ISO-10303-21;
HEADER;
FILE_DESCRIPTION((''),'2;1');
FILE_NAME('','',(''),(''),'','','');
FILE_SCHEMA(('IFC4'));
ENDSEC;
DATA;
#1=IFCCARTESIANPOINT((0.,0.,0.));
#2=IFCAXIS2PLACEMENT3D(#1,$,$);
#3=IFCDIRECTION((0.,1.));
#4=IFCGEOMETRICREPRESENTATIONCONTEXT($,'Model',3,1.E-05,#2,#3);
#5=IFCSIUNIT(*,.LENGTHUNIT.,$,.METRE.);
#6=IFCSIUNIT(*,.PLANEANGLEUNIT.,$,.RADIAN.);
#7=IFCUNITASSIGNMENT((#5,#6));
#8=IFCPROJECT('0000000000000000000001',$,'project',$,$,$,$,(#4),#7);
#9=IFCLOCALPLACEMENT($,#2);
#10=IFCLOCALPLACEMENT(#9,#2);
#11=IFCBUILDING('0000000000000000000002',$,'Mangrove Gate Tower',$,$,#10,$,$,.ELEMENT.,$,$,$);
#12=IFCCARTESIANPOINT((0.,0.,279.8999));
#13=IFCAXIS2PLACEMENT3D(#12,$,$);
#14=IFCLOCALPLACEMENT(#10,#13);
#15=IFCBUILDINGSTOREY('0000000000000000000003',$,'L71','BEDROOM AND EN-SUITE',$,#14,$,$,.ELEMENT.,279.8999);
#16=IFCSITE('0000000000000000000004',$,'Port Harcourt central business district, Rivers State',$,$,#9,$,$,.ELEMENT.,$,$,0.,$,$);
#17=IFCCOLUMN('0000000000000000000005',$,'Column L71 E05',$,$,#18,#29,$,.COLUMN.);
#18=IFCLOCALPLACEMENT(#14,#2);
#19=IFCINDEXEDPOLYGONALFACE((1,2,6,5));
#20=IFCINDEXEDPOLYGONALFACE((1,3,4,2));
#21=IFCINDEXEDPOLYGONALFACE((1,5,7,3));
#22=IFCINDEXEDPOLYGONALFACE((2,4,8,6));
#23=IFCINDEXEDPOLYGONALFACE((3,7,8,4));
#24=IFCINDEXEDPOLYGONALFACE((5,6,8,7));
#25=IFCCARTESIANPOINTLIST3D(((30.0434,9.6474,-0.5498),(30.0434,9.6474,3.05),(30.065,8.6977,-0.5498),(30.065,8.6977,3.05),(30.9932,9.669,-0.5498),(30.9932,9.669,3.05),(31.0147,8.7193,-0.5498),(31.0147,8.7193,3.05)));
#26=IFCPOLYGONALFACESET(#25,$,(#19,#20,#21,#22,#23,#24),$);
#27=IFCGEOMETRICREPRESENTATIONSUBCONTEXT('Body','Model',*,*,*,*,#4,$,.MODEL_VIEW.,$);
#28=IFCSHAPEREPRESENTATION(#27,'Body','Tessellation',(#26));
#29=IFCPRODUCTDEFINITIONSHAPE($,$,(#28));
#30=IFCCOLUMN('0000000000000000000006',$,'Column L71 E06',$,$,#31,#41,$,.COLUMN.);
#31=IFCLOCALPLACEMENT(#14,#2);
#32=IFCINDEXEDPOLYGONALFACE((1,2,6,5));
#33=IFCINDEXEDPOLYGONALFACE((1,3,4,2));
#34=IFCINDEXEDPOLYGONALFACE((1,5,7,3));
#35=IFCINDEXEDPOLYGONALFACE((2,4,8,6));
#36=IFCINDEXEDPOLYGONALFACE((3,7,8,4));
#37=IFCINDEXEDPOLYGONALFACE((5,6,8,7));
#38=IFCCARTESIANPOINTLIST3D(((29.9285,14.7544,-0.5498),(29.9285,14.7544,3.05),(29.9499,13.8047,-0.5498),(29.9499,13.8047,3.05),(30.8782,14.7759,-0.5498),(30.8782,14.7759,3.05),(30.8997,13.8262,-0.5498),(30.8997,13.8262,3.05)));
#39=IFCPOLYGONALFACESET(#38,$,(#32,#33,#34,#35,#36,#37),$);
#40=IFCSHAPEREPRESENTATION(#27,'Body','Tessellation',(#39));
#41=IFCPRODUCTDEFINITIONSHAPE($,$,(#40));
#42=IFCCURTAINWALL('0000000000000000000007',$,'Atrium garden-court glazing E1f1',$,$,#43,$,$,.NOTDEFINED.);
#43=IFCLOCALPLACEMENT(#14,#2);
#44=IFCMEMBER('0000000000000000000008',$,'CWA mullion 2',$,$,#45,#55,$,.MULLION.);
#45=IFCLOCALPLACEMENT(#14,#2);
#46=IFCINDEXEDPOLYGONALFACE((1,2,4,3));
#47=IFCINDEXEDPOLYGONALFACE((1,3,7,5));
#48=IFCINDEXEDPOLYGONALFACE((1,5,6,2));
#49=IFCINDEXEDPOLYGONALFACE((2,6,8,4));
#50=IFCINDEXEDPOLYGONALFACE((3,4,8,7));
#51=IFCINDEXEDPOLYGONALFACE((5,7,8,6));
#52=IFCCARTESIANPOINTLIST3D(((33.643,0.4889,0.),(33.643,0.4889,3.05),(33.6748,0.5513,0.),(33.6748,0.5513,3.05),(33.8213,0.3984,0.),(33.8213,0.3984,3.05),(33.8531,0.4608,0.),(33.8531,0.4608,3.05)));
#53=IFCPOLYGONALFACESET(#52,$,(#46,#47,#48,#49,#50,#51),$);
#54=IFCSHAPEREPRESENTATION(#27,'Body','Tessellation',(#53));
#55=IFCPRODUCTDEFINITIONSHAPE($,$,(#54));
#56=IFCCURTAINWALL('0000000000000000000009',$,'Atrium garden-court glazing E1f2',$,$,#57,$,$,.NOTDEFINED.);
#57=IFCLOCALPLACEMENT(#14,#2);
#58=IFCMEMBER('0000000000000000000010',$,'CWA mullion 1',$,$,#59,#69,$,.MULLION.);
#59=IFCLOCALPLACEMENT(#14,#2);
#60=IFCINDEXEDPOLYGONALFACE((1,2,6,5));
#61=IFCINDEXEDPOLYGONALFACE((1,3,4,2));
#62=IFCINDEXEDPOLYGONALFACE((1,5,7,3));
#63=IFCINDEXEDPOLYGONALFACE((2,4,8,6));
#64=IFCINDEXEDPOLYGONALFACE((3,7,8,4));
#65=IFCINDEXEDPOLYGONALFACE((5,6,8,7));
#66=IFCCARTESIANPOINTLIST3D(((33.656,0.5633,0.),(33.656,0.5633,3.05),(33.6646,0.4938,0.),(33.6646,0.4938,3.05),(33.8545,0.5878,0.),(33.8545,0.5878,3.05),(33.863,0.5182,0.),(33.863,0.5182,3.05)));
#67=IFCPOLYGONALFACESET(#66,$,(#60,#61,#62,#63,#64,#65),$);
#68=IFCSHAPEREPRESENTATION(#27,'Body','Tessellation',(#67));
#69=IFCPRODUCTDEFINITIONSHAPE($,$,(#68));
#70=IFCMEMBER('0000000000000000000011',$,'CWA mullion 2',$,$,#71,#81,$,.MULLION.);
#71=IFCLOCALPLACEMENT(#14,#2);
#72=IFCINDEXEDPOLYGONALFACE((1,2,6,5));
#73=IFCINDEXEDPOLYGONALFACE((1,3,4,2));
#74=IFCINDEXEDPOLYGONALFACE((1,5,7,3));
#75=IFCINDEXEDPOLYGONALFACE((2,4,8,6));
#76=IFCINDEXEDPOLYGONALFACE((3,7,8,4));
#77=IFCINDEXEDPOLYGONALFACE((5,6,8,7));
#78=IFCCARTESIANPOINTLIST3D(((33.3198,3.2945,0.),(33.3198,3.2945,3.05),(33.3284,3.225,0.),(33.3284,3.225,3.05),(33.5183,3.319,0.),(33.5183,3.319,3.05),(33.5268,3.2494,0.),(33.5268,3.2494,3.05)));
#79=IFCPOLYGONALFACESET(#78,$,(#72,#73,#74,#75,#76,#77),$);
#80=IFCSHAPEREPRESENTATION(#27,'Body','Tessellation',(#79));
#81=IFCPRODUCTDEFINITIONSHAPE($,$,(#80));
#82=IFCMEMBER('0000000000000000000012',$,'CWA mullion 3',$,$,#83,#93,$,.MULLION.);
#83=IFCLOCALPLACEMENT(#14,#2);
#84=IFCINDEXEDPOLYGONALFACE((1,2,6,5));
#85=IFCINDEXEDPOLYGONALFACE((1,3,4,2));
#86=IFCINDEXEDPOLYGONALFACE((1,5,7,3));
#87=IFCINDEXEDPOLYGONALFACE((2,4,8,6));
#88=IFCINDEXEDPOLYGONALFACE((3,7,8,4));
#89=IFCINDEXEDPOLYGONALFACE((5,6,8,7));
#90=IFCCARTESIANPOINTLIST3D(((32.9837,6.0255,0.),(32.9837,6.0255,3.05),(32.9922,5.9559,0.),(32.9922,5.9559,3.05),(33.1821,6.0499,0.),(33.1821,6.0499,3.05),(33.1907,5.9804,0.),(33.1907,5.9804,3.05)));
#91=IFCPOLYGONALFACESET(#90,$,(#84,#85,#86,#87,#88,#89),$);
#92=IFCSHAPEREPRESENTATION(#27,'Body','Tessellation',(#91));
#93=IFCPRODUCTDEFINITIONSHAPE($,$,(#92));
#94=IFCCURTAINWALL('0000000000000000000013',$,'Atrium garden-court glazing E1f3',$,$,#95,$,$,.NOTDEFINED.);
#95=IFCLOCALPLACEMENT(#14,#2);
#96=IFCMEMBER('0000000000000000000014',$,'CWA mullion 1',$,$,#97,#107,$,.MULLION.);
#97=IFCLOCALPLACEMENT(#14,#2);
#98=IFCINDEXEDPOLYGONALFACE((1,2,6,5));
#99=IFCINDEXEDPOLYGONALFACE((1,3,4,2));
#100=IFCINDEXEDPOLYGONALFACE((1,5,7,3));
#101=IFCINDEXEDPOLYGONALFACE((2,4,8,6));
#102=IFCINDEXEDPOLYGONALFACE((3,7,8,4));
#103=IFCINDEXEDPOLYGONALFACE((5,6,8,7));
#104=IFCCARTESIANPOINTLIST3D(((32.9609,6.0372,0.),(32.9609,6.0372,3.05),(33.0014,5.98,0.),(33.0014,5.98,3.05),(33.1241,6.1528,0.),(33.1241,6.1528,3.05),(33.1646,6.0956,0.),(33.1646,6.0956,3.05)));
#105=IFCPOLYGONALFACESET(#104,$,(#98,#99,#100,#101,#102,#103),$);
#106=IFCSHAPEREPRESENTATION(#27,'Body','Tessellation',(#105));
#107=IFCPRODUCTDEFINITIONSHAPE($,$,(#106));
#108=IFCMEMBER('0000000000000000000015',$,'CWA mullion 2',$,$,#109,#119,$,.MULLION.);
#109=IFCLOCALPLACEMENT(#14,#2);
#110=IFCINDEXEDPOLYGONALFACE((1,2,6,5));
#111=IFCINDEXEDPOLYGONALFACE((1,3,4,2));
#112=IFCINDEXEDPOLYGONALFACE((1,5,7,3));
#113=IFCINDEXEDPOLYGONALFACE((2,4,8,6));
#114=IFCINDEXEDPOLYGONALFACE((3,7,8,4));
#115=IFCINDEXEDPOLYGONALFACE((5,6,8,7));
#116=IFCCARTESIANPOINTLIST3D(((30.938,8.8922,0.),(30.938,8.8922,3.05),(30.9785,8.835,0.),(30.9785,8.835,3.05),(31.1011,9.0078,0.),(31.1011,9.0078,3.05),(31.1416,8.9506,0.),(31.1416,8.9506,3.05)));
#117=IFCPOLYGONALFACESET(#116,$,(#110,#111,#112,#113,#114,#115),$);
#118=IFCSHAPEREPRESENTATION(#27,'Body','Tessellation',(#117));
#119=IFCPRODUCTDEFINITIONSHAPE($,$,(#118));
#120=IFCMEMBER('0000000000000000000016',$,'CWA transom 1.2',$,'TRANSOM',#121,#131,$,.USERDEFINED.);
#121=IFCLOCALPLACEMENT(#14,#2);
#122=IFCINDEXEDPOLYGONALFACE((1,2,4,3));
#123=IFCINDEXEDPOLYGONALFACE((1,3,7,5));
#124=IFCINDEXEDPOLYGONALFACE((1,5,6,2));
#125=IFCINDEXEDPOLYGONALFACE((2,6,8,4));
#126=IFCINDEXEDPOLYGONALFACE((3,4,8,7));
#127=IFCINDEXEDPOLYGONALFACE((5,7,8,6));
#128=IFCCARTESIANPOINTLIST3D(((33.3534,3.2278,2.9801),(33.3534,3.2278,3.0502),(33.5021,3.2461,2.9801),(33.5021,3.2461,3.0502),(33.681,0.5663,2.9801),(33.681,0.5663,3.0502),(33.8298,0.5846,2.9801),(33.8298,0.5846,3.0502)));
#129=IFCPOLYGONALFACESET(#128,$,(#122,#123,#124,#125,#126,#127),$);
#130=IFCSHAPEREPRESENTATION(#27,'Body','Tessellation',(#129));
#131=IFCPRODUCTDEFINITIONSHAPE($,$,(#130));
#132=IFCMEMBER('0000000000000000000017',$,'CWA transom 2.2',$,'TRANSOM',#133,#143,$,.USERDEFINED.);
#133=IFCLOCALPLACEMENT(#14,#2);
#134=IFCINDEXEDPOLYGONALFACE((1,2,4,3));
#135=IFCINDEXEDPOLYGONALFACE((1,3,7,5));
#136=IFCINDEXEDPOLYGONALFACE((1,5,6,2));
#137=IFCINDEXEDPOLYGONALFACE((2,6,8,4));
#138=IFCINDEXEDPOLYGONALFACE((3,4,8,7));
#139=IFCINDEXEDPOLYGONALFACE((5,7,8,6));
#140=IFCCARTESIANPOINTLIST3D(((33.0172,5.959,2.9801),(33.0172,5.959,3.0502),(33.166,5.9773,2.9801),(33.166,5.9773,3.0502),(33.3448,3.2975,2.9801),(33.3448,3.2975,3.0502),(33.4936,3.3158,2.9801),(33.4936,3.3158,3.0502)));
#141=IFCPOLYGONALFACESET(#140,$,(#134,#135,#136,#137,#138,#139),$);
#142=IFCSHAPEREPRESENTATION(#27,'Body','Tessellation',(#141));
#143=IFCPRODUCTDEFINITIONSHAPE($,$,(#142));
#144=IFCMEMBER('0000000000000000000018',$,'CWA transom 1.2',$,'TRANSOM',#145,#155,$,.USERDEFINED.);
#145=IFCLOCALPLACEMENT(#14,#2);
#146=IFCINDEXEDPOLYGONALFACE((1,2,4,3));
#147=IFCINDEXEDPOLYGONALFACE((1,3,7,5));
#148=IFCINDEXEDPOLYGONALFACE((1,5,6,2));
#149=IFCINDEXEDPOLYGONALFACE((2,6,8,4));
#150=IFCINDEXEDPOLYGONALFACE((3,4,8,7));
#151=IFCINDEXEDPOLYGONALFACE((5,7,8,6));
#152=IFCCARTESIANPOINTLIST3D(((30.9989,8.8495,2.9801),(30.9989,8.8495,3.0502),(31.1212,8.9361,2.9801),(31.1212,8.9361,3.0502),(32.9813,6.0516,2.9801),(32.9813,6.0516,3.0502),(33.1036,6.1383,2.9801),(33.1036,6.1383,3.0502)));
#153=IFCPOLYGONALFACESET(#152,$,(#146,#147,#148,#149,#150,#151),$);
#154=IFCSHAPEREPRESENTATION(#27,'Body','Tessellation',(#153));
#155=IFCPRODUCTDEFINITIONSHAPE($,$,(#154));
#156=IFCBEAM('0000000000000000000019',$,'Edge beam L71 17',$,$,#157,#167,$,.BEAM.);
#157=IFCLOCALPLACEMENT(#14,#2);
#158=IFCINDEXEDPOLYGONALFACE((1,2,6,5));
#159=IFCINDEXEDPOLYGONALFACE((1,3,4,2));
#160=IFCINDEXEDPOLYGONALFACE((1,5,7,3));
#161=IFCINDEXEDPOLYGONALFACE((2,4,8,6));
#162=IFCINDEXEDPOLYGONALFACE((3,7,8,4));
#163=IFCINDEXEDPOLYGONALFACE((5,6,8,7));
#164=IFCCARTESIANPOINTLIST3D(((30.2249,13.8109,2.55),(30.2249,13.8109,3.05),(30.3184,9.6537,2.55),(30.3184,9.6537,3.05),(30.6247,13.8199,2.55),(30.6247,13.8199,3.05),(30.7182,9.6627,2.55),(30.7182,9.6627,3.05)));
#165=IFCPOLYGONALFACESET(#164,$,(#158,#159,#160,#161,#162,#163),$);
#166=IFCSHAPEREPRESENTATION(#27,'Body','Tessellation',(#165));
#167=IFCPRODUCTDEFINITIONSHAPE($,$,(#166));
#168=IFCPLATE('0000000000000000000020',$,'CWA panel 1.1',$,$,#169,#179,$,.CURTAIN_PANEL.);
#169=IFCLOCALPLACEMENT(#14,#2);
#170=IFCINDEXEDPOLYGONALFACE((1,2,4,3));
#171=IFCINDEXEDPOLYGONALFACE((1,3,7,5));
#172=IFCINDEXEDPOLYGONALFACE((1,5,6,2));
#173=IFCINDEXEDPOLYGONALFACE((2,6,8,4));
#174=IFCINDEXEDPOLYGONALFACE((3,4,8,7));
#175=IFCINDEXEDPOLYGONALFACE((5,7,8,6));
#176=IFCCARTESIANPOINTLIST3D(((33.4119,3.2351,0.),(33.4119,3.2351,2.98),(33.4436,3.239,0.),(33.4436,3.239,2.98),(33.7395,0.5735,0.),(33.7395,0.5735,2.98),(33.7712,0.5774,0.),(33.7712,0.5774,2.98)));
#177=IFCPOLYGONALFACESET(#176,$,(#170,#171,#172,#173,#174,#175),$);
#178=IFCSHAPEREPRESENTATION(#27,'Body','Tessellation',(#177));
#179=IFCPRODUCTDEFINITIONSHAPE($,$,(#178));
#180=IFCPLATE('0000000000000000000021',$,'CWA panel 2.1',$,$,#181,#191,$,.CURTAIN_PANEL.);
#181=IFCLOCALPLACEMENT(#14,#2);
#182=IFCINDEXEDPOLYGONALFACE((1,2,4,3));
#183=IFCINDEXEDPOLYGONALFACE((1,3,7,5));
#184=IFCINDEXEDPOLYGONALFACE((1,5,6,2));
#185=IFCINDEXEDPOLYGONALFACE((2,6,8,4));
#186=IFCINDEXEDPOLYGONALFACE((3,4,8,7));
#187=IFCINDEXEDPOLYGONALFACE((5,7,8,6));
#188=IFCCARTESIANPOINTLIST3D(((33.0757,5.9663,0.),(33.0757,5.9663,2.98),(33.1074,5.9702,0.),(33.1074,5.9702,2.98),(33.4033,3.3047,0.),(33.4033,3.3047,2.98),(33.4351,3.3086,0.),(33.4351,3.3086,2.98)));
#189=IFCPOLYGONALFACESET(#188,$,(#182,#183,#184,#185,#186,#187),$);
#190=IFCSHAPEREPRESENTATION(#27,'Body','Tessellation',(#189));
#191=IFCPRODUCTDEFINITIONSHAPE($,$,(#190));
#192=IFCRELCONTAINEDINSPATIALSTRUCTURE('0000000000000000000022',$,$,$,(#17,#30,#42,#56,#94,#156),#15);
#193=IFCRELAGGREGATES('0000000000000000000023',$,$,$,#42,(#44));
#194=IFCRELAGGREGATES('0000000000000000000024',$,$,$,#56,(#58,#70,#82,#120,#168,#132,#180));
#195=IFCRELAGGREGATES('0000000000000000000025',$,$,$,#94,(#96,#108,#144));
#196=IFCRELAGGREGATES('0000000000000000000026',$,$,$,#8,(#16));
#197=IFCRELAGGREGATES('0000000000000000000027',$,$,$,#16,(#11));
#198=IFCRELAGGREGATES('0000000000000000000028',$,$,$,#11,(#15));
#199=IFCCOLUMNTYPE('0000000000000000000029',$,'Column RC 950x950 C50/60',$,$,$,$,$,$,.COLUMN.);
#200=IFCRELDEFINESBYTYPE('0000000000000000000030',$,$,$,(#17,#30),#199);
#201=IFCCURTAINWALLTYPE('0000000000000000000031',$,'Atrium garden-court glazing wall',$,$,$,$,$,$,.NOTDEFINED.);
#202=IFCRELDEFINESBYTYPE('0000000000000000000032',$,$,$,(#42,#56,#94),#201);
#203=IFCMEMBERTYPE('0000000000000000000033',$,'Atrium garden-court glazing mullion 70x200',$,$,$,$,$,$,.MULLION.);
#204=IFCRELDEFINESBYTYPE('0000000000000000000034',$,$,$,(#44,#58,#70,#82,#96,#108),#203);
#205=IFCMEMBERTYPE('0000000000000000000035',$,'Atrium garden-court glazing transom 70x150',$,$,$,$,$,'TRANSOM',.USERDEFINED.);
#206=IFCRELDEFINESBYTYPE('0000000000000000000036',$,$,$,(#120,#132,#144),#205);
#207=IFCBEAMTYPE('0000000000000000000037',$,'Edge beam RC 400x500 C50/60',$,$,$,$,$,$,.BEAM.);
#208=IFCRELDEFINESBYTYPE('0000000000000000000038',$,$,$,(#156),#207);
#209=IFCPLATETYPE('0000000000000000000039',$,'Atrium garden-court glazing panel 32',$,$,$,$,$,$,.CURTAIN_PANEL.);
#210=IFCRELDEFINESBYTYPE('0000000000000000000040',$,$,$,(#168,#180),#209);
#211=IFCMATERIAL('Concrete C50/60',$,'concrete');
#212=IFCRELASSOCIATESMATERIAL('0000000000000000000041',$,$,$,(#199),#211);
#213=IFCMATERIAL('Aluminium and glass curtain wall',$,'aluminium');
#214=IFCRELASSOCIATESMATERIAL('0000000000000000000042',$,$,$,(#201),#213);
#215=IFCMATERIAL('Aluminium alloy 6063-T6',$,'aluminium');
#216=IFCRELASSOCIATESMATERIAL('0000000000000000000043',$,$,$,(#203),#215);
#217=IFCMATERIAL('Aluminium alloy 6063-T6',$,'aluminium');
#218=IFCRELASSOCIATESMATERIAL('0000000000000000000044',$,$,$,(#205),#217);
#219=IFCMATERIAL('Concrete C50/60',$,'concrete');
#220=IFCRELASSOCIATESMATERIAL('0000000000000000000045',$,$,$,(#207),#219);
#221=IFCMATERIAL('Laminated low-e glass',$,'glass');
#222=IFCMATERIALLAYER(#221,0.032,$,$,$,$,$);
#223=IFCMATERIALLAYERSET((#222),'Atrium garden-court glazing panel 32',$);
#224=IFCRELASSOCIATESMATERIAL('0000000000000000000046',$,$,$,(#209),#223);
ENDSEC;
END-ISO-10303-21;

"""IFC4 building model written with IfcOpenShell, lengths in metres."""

from ifc_helpers import new_model, si_unit, direction, frame, origin, origin_2d, place, context, subcontext, project, spatial, rectangle, extrude, material, layer, layer_set, material_profile, profile_set, type_object, element, aggregate, save


model = new_model("IFC4")

# Units and contexts
model_context = context("Model", 3, precision=1e-05, world=origin(), true_north=direction((0.0, 1.0)))
body_context = subcontext(model_context, "Body", "Model", "MODEL_VIEW")
ifc_project = project(units=[si_unit("LENGTHUNIT", "METRE"), si_unit("PLANEANGLEUNIT", "RADIAN")], contexts=[model_context])

# Site, building, storey
site_placement = place(None, origin())
site = spatial("IfcSite", under=ifc_project, at=site_placement, Name="Port Harcourt central business district, Rivers State", CompositionType="ELEMENT", RefElevation=0.0)
building_placement = place(site_placement, origin())
building = spatial("IfcBuilding", under=site, at=building_placement, Name="Mangrove Gate Tower", CompositionType="ELEMENT")
storey_placement = place(building_placement, frame((0.0, 0.0, 279.8999)))
storey = spatial("IfcBuildingStorey", under=building, at=storey_placement, Name="L71", Description="BEDROOM AND EN-SUITE", CompositionType="ELEMENT", Elevation=279.8999)

# Columns
ifc_material_1 = material(Name="Concrete C50/60", Category="concrete")
ifc_material_profile_1 = material_profile(ifc_material_1, rectangle(XDim=0.95, YDim=0.95, at=origin_2d()))
ifc_profile_set_1 = profile_set([ifc_material_profile_1], Name="Concrete C50/60")
column_type = type_object("IfcColumnType", Name="Column RC 950x950 C50/60", PredefinedType="COLUMN", material=ifc_profile_set_1)
for number, where, z_axis, x_axis, name in (
    (1, (30.5291, 9.1833, -0.5498), (0.0, 0.0, 1.0), (-0.022642, 0.999744, 0.0), "Column L71 E05"),
    (2, (30.4141, 14.2903, -0.5498), (0.0, 0.0, 1.0), (-0.02261, 0.999744, 0.0), "Column L71 E06"),
):
    element("IfcColumn", number, at=place(storey_placement, frame(where, z_axis=z_axis, x_axis=x_axis)), inside=storey, type_object=column_type, Name=name, PredefinedType="COLUMN", context=body_context, shape_type="SweptSolid", body=[
        extrude(rectangle(XDim=0.95, YDim=0.95, at=origin_2d()), origin(), (0.0, 0.0, 1.0), 3.5999),
    ])

# Curtain wall, member
ifc_material_2 = material(Name="Aluminium and glass curtain wall", Category="aluminium")
curtain_wall_type = type_object("IfcCurtainWallType", Name="Atrium garden-court glazing wall", PredefinedType="NOTDEFINED", material=ifc_material_2)
curtain_wall_1_placement = place(storey_placement, origin())
curtain_wall_1 = element("IfcCurtainWall", 3, at=curtain_wall_1_placement, inside=storey, type_object=curtain_wall_type, Name="Atrium garden-court glazing E1f1", PredefinedType="NOTDEFINED")
ifc_material_3 = material(Name="Aluminium alloy 6063-T6", Category="aluminium")
ifc_material_profile_2 = material_profile(ifc_material_3, rectangle(XDim=0.0701, YDim=0.2, at=origin_2d()))
ifc_profile_set_2 = profile_set([ifc_material_profile_2], Name="Aluminium alloy 6063-T6")
member_type_1 = type_object("IfcMemberType", Name="Atrium garden-court glazing mullion 70x200", PredefinedType="MULLION", material=ifc_profile_set_2)
member_1_placement = place(storey_placement, frame((33.748, 0.4749, 0.0), z_axis=(0.0, 0.0, 1.0), x_axis=(0.452617, 0.891705, 0.0)))
member_1 = element("IfcMember", 4, at=member_1_placement, type_object=member_type_1, Name="CWA mullion 2", PredefinedType="MULLION", context=body_context, shape_type="SweptSolid", body=[
    extrude(rectangle(XDim=0.0701, YDim=0.2, at=origin_2d()), origin(), (0.0, 0.0, 1.0), 3.05),
])
aggregate(curtain_wall_1, [member_1])

# Curtain walls, members
curtain_wall_2_placement = place(storey_placement, origin())
curtain_wall_2 = element("IfcCurtainWall", 5, at=curtain_wall_2_placement, inside=storey, type_object=curtain_wall_type, Name="Atrium garden-court glazing E1f2", PredefinedType="NOTDEFINED")
member_2_placement = place(storey_placement, frame((33.7595, 0.5408, 0.0), z_axis=(0.0, 0.0, 1.0), x_axis=(-0.122172, 0.992509, 0.0)))
member_2 = element("IfcMember", 6, at=member_2_placement, type_object=member_type_1, Name="CWA mullion 1", PredefinedType="MULLION", context=body_context, shape_type="SweptSolid", body=[
    extrude(rectangle(XDim=0.0701, YDim=0.2, at=origin_2d()), origin(), (0.0, 0.0, 1.0), 3.05),
])
member_3_placement = place(storey_placement, frame((33.4233, 3.272, 0.0), z_axis=(0.0, 0.0, 1.0), x_axis=(-0.122172, 0.992509, 0.0)))
member_3 = element("IfcMember", 7, at=member_3_placement, type_object=member_type_1, Name="CWA mullion 2", PredefinedType="MULLION", context=body_context, shape_type="SweptSolid", body=[
    extrude(rectangle(XDim=0.0701, YDim=0.2, at=origin_2d()), origin(), (0.0, 0.0, 1.0), 3.05),
])
member_4_placement = place(storey_placement, frame((33.0872, 6.0029, 0.0), z_axis=(0.0, 0.0, 1.0), x_axis=(-0.122172, 0.992509, 0.0)))
member_4 = element("IfcMember", 8, at=member_4_placement, type_object=member_type_1, Name="CWA mullion 3", PredefinedType="MULLION", context=body_context, shape_type="SweptSolid", body=[
    extrude(rectangle(XDim=0.0701, YDim=0.2, at=origin_2d()), origin(), (0.0, 0.0, 1.0), 3.05),
])
curtain_wall_3_placement = place(storey_placement, origin())
curtain_wall_3 = element("IfcCurtainWall", 9, at=curtain_wall_3_placement, inside=storey, type_object=curtain_wall_type, Name="Atrium garden-court glazing E1f3", PredefinedType="NOTDEFINED")
member_5_placement = place(storey_placement, frame((33.0627, 6.0664, 0.0), z_axis=(0.0, 0.0, 1.0), x_axis=(-0.578135, 0.815941, 0.0)))
member_5 = element("IfcMember", 10, at=member_5_placement, type_object=member_type_1, Name="CWA mullion 1", PredefinedType="MULLION", context=body_context, shape_type="SweptSolid", body=[
    extrude(rectangle(XDim=0.0701, YDim=0.2, at=origin_2d()), origin(), (0.0, 0.0, 1.0), 3.05),
])
member_6_placement = place(storey_placement, frame((31.0398, 8.9214, 0.0), z_axis=(0.0, 0.0, 1.0), x_axis=(-0.578135, 0.815941, 0.0)))
member_6 = element("IfcMember", 11, at=member_6_placement, type_object=member_type_1, Name="CWA mullion 2", PredefinedType="MULLION", context=body_context, shape_type="SweptSolid", body=[
    extrude(rectangle(XDim=0.0701, YDim=0.2, at=origin_2d()), origin(), (0.0, 0.0, 1.0), 3.05),
])

# Members
ifc_material_4 = material(Name="Aluminium alloy 6063-T6", Category="aluminium")
ifc_material_profile_3 = material_profile(ifc_material_4, rectangle(XDim=0.0701, YDim=0.1499, at=origin_2d()))
ifc_profile_set_3 = profile_set([ifc_material_profile_3], Name="Aluminium alloy 6063-T6")
member_type_2 = type_object("IfcMemberType", Name="Atrium garden-court glazing transom 70x150", ElementType="TRANSOM", PredefinedType="USERDEFINED", material=ifc_profile_set_3)
member_7_placement = place(storey_placement, frame((33.7554, 0.5754, 3.0151), z_axis=(-0.122175, 0.992509, 0.0), x_axis=(0.0, 0.0, 1.0)))
member_7 = element("IfcMember", 12, at=member_7_placement, type_object=member_type_2, Name="CWA transom 1.2", ObjectType="TRANSOM", PredefinedType="USERDEFINED", context=body_context, shape_type="SweptSolid", body=[
    extrude(rectangle(XDim=0.0701, YDim=0.1499, at=origin_2d()), origin(), (0.0, 0.0, 1.0), 2.6816),
])
member_8_placement = place(storey_placement, frame((33.4192, 3.3066, 3.0151), z_axis=(-0.122175, 0.992509, 0.0), x_axis=(0.0, 0.0, 1.0)))
member_8 = element("IfcMember", 13, at=member_8_placement, type_object=member_type_2, Name="CWA transom 2.2", ObjectType="TRANSOM", PredefinedType="USERDEFINED", context=body_context, shape_type="SweptSolid", body=[
    extrude(rectangle(XDim=0.0701, YDim=0.1499, at=origin_2d()), origin(), (0.0, 0.0, 1.0), 2.6816),
])
member_9_placement = place(storey_placement, frame((33.0425, 6.095, 3.0151), z_axis=(-0.578136, 0.815941, 0.0), x_axis=(0.0, 0.0, 1.0)))
member_9 = element("IfcMember", 14, at=member_9_placement, type_object=member_type_2, Name="CWA transom 1.2", ObjectType="TRANSOM", PredefinedType="USERDEFINED", context=body_context, shape_type="SweptSolid", body=[
    extrude(rectangle(XDim=0.0701, YDim=0.1499, at=origin_2d()), origin(), (0.0, 0.0, 1.0), 3.429),
])

# Beam
ifc_material_5 = material(Name="Concrete C50/60", Category="concrete")
ifc_material_profile_4 = material_profile(ifc_material_5, rectangle(XDim=0.3999, YDim=0.5, at=origin_2d()))
ifc_profile_set_4 = profile_set([ifc_material_profile_4], Name="Concrete C50/60")
beam_type = type_object("IfcBeamType", Name="Edge beam RC 400x500 C50/60", PredefinedType="BEAM", material=ifc_profile_set_4)
beam_placement = place(storey_placement, frame((30.5183, 9.6582, 2.8), z_axis=(-0.022487, 0.999747, 0.0), x_axis=(-0.999747, -0.022487, 0.0)))
element("IfcBeam", 15, at=beam_placement, inside=storey, type_object=beam_type, Name="Edge beam L71 17", PredefinedType="BEAM", context=body_context, shape_type="SweptSolid", body=[
    extrude(rectangle(XDim=0.3999, YDim=0.5, at=origin_2d()), origin(), (0.0, 0.0, 1.0), 4.1582),
])

# Plates
ifc_material_6 = material(Name="Laminated low-e glass", Category="glass")
ifc_layer_1 = layer(ifc_material_6, 0.032)
ifc_layer_set_1 = layer_set([ifc_layer_1], Name="Atrium garden-court glazing panel 32")
plate_type = type_object("IfcPlateType", Name="Atrium garden-court glazing panel 32", PredefinedType="CURTAIN_PANEL", material=ifc_layer_set_1)
plate_1_placement = place(storey_placement, frame((33.5916, 1.9062, 0.0), z_axis=(0.0, 0.0, 1.0), x_axis=(-0.122172, 0.992509, 0.0)))
plate_1 = element("IfcPlate", 16, at=plate_1_placement, type_object=plate_type, Name="CWA panel 1.1", PredefinedType="CURTAIN_PANEL", context=body_context, shape_type="SweptSolid", body=[
    extrude(rectangle(XDim=2.6816, YDim=0.032, at=origin_2d()), origin(), (0.0, 0.0, 1.0), 2.98),
])
plate_2_placement = place(storey_placement, frame((33.2554, 4.6375, 0.0), z_axis=(0.0, 0.0, 1.0), x_axis=(-0.122172, 0.992509, 0.0)))
plate_2 = element("IfcPlate", 17, at=plate_2_placement, type_object=plate_type, Name="CWA panel 2.1", PredefinedType="CURTAIN_PANEL", context=body_context, shape_type="SweptSolid", body=[
    extrude(rectangle(XDim=2.6816, YDim=0.032, at=origin_2d()), origin(), (0.0, 0.0, 1.0), 2.98),
])
aggregate(curtain_wall_2, [member_2, member_3, member_4, member_7, plate_1, member_8, plate_2])
aggregate(curtain_wall_3, [member_5, member_6, member_9])

save(model, "model.ifc")
